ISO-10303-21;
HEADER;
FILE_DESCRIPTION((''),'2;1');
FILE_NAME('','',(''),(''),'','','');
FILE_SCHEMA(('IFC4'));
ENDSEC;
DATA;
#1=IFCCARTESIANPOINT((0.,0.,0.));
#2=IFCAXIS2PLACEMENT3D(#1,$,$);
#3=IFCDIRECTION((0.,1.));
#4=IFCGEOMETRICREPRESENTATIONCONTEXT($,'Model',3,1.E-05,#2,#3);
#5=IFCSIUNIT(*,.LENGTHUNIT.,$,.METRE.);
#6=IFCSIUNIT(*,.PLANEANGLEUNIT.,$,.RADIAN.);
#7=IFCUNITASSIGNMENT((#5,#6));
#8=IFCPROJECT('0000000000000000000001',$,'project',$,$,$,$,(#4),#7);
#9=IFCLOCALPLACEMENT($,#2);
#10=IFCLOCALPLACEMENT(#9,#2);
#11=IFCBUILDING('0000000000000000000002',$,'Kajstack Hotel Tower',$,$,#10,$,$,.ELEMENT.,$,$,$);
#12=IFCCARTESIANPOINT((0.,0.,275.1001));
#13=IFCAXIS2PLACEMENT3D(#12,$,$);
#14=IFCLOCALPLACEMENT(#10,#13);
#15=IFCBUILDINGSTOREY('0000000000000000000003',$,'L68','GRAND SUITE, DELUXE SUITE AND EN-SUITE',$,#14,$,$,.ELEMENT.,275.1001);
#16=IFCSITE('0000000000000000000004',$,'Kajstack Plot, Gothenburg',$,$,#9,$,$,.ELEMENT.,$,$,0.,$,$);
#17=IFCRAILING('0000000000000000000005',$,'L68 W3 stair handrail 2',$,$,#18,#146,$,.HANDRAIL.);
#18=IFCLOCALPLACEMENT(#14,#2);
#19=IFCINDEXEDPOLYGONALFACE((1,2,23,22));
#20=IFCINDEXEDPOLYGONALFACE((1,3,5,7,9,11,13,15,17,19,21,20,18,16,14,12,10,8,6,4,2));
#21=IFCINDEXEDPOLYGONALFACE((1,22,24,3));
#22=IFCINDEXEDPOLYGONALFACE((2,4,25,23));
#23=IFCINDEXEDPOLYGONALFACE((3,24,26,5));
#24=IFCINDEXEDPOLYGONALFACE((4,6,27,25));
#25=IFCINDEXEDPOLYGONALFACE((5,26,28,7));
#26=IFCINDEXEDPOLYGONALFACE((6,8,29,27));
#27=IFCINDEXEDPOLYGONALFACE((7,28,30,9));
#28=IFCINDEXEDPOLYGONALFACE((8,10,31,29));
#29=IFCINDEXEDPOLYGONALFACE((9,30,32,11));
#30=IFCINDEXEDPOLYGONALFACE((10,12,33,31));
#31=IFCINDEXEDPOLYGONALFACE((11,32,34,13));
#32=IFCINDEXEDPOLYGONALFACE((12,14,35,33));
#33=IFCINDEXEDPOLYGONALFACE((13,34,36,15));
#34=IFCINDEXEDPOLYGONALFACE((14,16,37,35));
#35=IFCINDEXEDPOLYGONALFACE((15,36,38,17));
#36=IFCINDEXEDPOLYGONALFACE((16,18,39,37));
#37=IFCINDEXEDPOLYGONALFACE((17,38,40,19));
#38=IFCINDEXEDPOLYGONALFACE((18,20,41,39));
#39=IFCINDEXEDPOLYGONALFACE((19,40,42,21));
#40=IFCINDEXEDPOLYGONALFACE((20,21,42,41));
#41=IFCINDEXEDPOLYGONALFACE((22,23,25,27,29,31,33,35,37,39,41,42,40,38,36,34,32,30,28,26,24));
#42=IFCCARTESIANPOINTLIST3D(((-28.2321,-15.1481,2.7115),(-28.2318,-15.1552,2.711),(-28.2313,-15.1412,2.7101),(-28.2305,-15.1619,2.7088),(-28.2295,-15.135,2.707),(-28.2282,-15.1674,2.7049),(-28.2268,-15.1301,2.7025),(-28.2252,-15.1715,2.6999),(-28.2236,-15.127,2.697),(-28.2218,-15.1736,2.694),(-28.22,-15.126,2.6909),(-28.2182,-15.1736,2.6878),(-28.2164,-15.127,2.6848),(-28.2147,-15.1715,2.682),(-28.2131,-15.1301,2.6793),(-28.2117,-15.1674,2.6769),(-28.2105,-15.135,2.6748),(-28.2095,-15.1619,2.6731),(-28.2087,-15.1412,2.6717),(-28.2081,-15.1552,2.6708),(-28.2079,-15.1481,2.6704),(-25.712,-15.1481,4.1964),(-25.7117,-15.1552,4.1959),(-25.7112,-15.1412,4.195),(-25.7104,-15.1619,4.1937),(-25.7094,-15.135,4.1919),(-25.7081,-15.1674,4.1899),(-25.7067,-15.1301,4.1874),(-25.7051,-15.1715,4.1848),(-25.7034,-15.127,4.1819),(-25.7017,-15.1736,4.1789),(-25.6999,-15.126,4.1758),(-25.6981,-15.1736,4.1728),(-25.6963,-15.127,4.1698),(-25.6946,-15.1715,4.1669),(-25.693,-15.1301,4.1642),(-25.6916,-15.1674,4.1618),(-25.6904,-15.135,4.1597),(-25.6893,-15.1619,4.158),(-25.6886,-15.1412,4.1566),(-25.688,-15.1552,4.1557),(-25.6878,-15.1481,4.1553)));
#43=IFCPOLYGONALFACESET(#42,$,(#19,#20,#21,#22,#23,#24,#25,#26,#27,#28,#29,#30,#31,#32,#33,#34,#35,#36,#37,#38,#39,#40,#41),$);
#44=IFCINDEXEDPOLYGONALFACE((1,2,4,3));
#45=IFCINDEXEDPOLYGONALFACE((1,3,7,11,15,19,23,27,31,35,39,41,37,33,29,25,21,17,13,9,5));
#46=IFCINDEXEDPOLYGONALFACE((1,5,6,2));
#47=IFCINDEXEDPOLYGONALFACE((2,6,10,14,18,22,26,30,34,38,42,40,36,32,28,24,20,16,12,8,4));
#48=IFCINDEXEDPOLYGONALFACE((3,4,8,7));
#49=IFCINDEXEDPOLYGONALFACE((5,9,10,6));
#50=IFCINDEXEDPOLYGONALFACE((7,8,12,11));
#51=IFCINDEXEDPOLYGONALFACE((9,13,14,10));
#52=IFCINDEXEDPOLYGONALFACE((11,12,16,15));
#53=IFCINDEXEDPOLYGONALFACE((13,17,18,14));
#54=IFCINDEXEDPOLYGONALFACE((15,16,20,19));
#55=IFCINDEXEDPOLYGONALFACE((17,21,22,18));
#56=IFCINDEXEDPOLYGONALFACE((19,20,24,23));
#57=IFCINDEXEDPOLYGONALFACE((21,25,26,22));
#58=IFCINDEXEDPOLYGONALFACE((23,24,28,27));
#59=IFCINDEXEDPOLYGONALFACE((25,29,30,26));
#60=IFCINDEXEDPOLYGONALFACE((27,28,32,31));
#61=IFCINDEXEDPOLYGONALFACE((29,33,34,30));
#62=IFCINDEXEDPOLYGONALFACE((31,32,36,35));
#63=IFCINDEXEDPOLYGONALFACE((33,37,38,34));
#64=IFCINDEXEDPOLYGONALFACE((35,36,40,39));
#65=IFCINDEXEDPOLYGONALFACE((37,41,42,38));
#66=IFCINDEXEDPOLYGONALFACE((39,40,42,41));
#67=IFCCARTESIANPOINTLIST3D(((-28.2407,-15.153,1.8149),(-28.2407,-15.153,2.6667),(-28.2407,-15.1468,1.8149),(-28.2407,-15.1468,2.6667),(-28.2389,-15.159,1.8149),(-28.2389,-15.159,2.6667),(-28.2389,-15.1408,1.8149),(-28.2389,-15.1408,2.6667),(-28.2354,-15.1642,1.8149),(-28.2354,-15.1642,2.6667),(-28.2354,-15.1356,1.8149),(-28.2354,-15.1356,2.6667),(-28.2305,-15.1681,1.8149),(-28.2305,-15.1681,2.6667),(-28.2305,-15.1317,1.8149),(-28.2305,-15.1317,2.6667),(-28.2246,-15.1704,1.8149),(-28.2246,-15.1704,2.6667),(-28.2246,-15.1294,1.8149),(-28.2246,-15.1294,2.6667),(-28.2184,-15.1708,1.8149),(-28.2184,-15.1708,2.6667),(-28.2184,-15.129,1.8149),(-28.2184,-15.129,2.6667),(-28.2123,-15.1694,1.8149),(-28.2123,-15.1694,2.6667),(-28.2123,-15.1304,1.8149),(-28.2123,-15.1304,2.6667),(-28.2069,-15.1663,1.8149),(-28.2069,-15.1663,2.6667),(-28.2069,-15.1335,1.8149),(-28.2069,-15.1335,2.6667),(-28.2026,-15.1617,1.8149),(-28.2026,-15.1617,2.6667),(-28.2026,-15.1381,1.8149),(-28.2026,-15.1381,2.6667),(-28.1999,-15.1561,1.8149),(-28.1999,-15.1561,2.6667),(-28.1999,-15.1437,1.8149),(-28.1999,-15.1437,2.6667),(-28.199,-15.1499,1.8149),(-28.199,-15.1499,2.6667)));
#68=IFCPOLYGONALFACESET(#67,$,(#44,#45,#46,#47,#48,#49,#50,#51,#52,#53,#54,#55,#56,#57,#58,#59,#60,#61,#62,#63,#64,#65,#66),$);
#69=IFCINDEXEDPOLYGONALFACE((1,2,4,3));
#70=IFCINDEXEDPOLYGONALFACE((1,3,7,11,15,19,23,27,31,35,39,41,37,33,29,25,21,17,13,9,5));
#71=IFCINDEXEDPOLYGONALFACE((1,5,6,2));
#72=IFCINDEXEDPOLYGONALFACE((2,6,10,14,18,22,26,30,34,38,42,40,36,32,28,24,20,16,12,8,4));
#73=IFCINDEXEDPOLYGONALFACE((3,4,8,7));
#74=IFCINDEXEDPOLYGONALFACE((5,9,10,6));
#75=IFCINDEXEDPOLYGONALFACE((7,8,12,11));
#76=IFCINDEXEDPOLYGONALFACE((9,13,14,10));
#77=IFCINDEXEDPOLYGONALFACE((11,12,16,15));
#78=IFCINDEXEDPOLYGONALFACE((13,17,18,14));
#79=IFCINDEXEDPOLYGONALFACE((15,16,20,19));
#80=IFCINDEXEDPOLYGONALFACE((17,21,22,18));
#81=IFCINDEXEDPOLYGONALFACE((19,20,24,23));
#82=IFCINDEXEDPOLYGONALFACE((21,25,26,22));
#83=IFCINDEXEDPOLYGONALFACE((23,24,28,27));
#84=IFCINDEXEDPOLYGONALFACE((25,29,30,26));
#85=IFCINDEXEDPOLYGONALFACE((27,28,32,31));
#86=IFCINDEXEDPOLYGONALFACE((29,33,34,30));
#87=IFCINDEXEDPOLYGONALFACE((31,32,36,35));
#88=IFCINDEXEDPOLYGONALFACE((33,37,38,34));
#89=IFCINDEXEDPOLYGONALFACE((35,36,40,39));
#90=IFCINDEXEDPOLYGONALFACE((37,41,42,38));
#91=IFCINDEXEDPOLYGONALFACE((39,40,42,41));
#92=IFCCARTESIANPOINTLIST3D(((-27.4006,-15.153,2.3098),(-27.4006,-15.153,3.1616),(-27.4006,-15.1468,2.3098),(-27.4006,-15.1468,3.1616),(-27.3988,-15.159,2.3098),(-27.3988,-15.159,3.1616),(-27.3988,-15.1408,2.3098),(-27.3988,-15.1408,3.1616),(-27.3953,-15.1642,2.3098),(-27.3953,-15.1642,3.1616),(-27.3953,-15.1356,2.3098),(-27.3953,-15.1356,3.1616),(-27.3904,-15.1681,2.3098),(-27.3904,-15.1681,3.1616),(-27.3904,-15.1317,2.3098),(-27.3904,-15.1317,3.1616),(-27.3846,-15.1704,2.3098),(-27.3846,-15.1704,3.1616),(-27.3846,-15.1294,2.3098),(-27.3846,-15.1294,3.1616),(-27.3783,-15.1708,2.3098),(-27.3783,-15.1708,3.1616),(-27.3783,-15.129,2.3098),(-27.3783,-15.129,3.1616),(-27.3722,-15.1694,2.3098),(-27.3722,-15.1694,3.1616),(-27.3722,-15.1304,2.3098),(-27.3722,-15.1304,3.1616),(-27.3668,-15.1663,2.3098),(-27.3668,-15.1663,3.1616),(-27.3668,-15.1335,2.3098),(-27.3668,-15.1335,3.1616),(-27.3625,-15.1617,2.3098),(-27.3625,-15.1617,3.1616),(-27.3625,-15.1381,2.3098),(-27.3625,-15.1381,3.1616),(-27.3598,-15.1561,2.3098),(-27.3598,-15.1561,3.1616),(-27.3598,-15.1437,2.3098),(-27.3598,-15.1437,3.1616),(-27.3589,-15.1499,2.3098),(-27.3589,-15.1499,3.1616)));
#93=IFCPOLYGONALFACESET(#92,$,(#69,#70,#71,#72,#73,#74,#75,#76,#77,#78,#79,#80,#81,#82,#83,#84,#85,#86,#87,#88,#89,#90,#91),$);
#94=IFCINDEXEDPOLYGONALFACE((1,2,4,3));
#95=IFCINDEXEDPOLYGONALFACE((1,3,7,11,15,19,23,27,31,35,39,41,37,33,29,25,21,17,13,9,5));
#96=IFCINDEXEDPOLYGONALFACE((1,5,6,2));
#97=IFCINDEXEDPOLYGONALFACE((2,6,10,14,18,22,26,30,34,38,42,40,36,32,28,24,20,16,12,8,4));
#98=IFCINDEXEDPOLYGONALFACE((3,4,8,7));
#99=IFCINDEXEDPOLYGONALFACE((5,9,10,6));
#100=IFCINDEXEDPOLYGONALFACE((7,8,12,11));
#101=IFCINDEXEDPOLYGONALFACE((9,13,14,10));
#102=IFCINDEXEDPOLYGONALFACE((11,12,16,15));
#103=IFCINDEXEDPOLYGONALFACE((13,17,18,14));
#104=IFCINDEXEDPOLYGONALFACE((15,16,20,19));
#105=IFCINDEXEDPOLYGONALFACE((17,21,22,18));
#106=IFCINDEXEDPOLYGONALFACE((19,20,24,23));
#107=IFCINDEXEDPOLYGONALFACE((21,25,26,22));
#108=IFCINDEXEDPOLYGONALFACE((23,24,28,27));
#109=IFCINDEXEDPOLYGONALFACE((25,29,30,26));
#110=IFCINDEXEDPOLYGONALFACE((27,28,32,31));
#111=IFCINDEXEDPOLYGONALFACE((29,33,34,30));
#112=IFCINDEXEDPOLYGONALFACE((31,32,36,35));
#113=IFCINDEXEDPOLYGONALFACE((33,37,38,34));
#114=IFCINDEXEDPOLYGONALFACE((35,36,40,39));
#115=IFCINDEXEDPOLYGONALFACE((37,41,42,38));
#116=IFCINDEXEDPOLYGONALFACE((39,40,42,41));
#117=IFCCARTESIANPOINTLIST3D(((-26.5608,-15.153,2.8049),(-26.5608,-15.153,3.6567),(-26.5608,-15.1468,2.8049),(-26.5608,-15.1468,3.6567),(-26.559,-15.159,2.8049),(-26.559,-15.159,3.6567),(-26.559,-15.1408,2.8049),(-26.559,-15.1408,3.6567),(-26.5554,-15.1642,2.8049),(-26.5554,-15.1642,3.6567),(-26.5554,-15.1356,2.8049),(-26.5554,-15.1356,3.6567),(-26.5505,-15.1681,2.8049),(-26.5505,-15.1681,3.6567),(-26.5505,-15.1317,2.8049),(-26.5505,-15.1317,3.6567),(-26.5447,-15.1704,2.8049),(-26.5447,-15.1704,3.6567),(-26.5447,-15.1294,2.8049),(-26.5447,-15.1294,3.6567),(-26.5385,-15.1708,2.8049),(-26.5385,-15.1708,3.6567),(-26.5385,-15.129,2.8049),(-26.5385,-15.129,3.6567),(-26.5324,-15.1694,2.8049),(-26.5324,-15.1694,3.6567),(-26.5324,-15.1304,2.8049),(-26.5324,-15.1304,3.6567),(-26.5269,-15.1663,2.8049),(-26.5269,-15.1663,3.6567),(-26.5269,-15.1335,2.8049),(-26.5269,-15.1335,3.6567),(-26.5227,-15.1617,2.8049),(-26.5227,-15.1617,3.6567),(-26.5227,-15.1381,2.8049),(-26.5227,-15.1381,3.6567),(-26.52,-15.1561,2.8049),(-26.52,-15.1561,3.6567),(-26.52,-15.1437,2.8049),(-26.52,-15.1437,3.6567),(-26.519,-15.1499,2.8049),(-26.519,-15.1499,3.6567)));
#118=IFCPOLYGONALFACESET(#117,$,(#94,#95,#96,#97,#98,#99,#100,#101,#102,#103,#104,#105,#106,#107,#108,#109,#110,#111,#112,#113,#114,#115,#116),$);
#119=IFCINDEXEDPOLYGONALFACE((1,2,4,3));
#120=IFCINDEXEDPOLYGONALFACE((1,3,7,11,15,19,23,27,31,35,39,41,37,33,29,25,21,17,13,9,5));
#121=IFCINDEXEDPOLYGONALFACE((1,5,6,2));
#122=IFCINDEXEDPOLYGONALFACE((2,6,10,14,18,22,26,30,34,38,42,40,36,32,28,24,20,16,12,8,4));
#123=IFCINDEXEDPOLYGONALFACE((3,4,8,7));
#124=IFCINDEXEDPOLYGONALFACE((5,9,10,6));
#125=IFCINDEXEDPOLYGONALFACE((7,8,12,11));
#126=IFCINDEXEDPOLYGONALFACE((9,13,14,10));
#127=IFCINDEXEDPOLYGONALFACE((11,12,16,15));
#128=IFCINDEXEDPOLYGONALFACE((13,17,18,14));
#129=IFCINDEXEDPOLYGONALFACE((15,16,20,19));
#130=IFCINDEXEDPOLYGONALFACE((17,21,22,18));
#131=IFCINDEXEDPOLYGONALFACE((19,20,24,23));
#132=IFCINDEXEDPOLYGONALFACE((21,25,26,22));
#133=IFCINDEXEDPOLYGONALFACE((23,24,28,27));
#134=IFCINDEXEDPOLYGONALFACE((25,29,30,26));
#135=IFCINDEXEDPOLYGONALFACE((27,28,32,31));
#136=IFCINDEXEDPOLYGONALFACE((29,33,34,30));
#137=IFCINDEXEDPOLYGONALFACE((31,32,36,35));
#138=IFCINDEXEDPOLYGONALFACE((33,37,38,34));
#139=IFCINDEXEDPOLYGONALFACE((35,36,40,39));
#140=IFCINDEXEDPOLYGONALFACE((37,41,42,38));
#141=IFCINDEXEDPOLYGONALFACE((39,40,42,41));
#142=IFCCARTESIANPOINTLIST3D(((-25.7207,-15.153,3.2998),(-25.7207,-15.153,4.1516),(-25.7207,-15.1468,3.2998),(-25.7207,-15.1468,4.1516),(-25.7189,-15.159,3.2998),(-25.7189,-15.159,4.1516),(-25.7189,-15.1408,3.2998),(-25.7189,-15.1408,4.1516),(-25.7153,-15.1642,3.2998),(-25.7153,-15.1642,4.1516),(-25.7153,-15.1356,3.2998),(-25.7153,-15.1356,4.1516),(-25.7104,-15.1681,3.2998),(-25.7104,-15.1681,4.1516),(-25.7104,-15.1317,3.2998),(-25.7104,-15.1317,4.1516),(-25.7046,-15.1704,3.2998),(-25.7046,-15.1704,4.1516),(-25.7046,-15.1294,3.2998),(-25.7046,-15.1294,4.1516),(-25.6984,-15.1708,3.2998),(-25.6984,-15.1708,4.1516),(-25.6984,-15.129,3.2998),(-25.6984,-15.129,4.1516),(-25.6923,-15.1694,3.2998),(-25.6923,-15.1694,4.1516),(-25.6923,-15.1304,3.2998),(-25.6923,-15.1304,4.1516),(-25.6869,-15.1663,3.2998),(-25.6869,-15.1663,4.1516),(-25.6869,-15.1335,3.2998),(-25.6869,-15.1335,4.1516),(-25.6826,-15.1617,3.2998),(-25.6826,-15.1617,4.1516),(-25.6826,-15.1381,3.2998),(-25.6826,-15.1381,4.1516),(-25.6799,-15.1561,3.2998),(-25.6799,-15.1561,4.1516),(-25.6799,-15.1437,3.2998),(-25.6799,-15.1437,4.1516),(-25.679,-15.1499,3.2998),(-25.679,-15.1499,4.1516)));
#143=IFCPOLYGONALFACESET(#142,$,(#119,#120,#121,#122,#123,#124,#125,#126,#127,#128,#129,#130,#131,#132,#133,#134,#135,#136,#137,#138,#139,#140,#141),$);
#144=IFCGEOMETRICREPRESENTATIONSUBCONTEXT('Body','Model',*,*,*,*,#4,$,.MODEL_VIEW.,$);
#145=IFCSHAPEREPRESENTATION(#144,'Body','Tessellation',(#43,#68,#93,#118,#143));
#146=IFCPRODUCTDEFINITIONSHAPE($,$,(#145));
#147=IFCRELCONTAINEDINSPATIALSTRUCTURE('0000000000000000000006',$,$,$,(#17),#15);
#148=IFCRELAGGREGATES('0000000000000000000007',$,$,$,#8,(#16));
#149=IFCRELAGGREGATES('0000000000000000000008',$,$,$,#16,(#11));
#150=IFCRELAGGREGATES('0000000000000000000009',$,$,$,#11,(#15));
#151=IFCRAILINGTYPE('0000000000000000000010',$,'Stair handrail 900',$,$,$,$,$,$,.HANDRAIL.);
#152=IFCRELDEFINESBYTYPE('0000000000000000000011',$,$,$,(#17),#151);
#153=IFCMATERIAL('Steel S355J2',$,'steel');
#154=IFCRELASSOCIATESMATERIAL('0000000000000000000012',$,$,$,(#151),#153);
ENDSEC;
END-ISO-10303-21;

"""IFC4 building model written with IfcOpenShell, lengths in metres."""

from ifc_helpers import new_model, si_unit, direction, frame, origin, origin_2d, place, context, subcontext, project, spatial, circle, extrude, material, type_object, element, save


model = new_model("IFC4")

# Units and contexts
model_context = context("Model", 3, precision=1e-05, world=origin(), true_north=direction((0.0, 1.0)))
body_context = subcontext(model_context, "Body", "Model", "MODEL_VIEW")
ifc_project = project(units=[si_unit("LENGTHUNIT", "METRE"), si_unit("PLANEANGLEUNIT", "RADIAN")], contexts=[model_context])

# Site, building, storey
site_placement = place(None, origin())
site = spatial("IfcSite", under=ifc_project, at=site_placement, Name="Kajstack Plot, Gothenburg", CompositionType="ELEMENT", RefElevation=0.0)
building_placement = place(site_placement, origin())
building = spatial("IfcBuilding", under=site, at=building_placement, Name="Kajstack Hotel Tower", CompositionType="ELEMENT")
storey_placement = place(building_placement, frame((0.0, 0.0, 275.1001)))
storey = spatial("IfcBuildingStorey", under=building, at=storey_placement, Name="L68", Description="GRAND SUITE, DELUXE SUITE AND EN-SUITE", CompositionType="ELEMENT", Elevation=275.1001)

# Railing
ifc_material_1 = material(Name="Steel S355J2", Category="steel")
railing_type = type_object("IfcRailingType", Name="Stair handrail 900", PredefinedType="HANDRAIL", material=ifc_material_1)
railing_placement = place(storey_placement, frame((-28.22, -15.1499, 1.8149)))
element("IfcRailing", 1, at=railing_placement, inside=storey, type_object=railing_type, Name="L68 W3 stair handrail 2", PredefinedType="HANDRAIL", context=body_context, shape_type="SweptSolid", body=[
    extrude(circle(Radius=0.0239, at=origin_2d()), frame((0.0, 0.0, 0.876), z_axis=(0.861561, 0.0, 0.507655), x_axis=(0.0, 1.0, 0.0)), (0.0, 0.0, 1.0), 2.925),
    extrude(circle(Radius=0.021, at=origin_2d()), origin(), (0.0, 0.0, 1.0), 0.8518),
    extrude(circle(Radius=0.021, at=origin_2d()), frame((0.8401, 0.0, 0.4949)), (0.0, 0.0, 1.0), 0.8518),
    extrude(circle(Radius=0.021, at=origin_2d()), frame((1.6799, 0.0, 0.99)), (0.0, 0.0, 1.0), 0.8518),
    extrude(circle(Radius=0.021, at=origin_2d()), frame((2.52, 0.0, 1.4849)), (0.0, 0.0, 1.0), 0.8518),
])

save(model, "model.ifc")
